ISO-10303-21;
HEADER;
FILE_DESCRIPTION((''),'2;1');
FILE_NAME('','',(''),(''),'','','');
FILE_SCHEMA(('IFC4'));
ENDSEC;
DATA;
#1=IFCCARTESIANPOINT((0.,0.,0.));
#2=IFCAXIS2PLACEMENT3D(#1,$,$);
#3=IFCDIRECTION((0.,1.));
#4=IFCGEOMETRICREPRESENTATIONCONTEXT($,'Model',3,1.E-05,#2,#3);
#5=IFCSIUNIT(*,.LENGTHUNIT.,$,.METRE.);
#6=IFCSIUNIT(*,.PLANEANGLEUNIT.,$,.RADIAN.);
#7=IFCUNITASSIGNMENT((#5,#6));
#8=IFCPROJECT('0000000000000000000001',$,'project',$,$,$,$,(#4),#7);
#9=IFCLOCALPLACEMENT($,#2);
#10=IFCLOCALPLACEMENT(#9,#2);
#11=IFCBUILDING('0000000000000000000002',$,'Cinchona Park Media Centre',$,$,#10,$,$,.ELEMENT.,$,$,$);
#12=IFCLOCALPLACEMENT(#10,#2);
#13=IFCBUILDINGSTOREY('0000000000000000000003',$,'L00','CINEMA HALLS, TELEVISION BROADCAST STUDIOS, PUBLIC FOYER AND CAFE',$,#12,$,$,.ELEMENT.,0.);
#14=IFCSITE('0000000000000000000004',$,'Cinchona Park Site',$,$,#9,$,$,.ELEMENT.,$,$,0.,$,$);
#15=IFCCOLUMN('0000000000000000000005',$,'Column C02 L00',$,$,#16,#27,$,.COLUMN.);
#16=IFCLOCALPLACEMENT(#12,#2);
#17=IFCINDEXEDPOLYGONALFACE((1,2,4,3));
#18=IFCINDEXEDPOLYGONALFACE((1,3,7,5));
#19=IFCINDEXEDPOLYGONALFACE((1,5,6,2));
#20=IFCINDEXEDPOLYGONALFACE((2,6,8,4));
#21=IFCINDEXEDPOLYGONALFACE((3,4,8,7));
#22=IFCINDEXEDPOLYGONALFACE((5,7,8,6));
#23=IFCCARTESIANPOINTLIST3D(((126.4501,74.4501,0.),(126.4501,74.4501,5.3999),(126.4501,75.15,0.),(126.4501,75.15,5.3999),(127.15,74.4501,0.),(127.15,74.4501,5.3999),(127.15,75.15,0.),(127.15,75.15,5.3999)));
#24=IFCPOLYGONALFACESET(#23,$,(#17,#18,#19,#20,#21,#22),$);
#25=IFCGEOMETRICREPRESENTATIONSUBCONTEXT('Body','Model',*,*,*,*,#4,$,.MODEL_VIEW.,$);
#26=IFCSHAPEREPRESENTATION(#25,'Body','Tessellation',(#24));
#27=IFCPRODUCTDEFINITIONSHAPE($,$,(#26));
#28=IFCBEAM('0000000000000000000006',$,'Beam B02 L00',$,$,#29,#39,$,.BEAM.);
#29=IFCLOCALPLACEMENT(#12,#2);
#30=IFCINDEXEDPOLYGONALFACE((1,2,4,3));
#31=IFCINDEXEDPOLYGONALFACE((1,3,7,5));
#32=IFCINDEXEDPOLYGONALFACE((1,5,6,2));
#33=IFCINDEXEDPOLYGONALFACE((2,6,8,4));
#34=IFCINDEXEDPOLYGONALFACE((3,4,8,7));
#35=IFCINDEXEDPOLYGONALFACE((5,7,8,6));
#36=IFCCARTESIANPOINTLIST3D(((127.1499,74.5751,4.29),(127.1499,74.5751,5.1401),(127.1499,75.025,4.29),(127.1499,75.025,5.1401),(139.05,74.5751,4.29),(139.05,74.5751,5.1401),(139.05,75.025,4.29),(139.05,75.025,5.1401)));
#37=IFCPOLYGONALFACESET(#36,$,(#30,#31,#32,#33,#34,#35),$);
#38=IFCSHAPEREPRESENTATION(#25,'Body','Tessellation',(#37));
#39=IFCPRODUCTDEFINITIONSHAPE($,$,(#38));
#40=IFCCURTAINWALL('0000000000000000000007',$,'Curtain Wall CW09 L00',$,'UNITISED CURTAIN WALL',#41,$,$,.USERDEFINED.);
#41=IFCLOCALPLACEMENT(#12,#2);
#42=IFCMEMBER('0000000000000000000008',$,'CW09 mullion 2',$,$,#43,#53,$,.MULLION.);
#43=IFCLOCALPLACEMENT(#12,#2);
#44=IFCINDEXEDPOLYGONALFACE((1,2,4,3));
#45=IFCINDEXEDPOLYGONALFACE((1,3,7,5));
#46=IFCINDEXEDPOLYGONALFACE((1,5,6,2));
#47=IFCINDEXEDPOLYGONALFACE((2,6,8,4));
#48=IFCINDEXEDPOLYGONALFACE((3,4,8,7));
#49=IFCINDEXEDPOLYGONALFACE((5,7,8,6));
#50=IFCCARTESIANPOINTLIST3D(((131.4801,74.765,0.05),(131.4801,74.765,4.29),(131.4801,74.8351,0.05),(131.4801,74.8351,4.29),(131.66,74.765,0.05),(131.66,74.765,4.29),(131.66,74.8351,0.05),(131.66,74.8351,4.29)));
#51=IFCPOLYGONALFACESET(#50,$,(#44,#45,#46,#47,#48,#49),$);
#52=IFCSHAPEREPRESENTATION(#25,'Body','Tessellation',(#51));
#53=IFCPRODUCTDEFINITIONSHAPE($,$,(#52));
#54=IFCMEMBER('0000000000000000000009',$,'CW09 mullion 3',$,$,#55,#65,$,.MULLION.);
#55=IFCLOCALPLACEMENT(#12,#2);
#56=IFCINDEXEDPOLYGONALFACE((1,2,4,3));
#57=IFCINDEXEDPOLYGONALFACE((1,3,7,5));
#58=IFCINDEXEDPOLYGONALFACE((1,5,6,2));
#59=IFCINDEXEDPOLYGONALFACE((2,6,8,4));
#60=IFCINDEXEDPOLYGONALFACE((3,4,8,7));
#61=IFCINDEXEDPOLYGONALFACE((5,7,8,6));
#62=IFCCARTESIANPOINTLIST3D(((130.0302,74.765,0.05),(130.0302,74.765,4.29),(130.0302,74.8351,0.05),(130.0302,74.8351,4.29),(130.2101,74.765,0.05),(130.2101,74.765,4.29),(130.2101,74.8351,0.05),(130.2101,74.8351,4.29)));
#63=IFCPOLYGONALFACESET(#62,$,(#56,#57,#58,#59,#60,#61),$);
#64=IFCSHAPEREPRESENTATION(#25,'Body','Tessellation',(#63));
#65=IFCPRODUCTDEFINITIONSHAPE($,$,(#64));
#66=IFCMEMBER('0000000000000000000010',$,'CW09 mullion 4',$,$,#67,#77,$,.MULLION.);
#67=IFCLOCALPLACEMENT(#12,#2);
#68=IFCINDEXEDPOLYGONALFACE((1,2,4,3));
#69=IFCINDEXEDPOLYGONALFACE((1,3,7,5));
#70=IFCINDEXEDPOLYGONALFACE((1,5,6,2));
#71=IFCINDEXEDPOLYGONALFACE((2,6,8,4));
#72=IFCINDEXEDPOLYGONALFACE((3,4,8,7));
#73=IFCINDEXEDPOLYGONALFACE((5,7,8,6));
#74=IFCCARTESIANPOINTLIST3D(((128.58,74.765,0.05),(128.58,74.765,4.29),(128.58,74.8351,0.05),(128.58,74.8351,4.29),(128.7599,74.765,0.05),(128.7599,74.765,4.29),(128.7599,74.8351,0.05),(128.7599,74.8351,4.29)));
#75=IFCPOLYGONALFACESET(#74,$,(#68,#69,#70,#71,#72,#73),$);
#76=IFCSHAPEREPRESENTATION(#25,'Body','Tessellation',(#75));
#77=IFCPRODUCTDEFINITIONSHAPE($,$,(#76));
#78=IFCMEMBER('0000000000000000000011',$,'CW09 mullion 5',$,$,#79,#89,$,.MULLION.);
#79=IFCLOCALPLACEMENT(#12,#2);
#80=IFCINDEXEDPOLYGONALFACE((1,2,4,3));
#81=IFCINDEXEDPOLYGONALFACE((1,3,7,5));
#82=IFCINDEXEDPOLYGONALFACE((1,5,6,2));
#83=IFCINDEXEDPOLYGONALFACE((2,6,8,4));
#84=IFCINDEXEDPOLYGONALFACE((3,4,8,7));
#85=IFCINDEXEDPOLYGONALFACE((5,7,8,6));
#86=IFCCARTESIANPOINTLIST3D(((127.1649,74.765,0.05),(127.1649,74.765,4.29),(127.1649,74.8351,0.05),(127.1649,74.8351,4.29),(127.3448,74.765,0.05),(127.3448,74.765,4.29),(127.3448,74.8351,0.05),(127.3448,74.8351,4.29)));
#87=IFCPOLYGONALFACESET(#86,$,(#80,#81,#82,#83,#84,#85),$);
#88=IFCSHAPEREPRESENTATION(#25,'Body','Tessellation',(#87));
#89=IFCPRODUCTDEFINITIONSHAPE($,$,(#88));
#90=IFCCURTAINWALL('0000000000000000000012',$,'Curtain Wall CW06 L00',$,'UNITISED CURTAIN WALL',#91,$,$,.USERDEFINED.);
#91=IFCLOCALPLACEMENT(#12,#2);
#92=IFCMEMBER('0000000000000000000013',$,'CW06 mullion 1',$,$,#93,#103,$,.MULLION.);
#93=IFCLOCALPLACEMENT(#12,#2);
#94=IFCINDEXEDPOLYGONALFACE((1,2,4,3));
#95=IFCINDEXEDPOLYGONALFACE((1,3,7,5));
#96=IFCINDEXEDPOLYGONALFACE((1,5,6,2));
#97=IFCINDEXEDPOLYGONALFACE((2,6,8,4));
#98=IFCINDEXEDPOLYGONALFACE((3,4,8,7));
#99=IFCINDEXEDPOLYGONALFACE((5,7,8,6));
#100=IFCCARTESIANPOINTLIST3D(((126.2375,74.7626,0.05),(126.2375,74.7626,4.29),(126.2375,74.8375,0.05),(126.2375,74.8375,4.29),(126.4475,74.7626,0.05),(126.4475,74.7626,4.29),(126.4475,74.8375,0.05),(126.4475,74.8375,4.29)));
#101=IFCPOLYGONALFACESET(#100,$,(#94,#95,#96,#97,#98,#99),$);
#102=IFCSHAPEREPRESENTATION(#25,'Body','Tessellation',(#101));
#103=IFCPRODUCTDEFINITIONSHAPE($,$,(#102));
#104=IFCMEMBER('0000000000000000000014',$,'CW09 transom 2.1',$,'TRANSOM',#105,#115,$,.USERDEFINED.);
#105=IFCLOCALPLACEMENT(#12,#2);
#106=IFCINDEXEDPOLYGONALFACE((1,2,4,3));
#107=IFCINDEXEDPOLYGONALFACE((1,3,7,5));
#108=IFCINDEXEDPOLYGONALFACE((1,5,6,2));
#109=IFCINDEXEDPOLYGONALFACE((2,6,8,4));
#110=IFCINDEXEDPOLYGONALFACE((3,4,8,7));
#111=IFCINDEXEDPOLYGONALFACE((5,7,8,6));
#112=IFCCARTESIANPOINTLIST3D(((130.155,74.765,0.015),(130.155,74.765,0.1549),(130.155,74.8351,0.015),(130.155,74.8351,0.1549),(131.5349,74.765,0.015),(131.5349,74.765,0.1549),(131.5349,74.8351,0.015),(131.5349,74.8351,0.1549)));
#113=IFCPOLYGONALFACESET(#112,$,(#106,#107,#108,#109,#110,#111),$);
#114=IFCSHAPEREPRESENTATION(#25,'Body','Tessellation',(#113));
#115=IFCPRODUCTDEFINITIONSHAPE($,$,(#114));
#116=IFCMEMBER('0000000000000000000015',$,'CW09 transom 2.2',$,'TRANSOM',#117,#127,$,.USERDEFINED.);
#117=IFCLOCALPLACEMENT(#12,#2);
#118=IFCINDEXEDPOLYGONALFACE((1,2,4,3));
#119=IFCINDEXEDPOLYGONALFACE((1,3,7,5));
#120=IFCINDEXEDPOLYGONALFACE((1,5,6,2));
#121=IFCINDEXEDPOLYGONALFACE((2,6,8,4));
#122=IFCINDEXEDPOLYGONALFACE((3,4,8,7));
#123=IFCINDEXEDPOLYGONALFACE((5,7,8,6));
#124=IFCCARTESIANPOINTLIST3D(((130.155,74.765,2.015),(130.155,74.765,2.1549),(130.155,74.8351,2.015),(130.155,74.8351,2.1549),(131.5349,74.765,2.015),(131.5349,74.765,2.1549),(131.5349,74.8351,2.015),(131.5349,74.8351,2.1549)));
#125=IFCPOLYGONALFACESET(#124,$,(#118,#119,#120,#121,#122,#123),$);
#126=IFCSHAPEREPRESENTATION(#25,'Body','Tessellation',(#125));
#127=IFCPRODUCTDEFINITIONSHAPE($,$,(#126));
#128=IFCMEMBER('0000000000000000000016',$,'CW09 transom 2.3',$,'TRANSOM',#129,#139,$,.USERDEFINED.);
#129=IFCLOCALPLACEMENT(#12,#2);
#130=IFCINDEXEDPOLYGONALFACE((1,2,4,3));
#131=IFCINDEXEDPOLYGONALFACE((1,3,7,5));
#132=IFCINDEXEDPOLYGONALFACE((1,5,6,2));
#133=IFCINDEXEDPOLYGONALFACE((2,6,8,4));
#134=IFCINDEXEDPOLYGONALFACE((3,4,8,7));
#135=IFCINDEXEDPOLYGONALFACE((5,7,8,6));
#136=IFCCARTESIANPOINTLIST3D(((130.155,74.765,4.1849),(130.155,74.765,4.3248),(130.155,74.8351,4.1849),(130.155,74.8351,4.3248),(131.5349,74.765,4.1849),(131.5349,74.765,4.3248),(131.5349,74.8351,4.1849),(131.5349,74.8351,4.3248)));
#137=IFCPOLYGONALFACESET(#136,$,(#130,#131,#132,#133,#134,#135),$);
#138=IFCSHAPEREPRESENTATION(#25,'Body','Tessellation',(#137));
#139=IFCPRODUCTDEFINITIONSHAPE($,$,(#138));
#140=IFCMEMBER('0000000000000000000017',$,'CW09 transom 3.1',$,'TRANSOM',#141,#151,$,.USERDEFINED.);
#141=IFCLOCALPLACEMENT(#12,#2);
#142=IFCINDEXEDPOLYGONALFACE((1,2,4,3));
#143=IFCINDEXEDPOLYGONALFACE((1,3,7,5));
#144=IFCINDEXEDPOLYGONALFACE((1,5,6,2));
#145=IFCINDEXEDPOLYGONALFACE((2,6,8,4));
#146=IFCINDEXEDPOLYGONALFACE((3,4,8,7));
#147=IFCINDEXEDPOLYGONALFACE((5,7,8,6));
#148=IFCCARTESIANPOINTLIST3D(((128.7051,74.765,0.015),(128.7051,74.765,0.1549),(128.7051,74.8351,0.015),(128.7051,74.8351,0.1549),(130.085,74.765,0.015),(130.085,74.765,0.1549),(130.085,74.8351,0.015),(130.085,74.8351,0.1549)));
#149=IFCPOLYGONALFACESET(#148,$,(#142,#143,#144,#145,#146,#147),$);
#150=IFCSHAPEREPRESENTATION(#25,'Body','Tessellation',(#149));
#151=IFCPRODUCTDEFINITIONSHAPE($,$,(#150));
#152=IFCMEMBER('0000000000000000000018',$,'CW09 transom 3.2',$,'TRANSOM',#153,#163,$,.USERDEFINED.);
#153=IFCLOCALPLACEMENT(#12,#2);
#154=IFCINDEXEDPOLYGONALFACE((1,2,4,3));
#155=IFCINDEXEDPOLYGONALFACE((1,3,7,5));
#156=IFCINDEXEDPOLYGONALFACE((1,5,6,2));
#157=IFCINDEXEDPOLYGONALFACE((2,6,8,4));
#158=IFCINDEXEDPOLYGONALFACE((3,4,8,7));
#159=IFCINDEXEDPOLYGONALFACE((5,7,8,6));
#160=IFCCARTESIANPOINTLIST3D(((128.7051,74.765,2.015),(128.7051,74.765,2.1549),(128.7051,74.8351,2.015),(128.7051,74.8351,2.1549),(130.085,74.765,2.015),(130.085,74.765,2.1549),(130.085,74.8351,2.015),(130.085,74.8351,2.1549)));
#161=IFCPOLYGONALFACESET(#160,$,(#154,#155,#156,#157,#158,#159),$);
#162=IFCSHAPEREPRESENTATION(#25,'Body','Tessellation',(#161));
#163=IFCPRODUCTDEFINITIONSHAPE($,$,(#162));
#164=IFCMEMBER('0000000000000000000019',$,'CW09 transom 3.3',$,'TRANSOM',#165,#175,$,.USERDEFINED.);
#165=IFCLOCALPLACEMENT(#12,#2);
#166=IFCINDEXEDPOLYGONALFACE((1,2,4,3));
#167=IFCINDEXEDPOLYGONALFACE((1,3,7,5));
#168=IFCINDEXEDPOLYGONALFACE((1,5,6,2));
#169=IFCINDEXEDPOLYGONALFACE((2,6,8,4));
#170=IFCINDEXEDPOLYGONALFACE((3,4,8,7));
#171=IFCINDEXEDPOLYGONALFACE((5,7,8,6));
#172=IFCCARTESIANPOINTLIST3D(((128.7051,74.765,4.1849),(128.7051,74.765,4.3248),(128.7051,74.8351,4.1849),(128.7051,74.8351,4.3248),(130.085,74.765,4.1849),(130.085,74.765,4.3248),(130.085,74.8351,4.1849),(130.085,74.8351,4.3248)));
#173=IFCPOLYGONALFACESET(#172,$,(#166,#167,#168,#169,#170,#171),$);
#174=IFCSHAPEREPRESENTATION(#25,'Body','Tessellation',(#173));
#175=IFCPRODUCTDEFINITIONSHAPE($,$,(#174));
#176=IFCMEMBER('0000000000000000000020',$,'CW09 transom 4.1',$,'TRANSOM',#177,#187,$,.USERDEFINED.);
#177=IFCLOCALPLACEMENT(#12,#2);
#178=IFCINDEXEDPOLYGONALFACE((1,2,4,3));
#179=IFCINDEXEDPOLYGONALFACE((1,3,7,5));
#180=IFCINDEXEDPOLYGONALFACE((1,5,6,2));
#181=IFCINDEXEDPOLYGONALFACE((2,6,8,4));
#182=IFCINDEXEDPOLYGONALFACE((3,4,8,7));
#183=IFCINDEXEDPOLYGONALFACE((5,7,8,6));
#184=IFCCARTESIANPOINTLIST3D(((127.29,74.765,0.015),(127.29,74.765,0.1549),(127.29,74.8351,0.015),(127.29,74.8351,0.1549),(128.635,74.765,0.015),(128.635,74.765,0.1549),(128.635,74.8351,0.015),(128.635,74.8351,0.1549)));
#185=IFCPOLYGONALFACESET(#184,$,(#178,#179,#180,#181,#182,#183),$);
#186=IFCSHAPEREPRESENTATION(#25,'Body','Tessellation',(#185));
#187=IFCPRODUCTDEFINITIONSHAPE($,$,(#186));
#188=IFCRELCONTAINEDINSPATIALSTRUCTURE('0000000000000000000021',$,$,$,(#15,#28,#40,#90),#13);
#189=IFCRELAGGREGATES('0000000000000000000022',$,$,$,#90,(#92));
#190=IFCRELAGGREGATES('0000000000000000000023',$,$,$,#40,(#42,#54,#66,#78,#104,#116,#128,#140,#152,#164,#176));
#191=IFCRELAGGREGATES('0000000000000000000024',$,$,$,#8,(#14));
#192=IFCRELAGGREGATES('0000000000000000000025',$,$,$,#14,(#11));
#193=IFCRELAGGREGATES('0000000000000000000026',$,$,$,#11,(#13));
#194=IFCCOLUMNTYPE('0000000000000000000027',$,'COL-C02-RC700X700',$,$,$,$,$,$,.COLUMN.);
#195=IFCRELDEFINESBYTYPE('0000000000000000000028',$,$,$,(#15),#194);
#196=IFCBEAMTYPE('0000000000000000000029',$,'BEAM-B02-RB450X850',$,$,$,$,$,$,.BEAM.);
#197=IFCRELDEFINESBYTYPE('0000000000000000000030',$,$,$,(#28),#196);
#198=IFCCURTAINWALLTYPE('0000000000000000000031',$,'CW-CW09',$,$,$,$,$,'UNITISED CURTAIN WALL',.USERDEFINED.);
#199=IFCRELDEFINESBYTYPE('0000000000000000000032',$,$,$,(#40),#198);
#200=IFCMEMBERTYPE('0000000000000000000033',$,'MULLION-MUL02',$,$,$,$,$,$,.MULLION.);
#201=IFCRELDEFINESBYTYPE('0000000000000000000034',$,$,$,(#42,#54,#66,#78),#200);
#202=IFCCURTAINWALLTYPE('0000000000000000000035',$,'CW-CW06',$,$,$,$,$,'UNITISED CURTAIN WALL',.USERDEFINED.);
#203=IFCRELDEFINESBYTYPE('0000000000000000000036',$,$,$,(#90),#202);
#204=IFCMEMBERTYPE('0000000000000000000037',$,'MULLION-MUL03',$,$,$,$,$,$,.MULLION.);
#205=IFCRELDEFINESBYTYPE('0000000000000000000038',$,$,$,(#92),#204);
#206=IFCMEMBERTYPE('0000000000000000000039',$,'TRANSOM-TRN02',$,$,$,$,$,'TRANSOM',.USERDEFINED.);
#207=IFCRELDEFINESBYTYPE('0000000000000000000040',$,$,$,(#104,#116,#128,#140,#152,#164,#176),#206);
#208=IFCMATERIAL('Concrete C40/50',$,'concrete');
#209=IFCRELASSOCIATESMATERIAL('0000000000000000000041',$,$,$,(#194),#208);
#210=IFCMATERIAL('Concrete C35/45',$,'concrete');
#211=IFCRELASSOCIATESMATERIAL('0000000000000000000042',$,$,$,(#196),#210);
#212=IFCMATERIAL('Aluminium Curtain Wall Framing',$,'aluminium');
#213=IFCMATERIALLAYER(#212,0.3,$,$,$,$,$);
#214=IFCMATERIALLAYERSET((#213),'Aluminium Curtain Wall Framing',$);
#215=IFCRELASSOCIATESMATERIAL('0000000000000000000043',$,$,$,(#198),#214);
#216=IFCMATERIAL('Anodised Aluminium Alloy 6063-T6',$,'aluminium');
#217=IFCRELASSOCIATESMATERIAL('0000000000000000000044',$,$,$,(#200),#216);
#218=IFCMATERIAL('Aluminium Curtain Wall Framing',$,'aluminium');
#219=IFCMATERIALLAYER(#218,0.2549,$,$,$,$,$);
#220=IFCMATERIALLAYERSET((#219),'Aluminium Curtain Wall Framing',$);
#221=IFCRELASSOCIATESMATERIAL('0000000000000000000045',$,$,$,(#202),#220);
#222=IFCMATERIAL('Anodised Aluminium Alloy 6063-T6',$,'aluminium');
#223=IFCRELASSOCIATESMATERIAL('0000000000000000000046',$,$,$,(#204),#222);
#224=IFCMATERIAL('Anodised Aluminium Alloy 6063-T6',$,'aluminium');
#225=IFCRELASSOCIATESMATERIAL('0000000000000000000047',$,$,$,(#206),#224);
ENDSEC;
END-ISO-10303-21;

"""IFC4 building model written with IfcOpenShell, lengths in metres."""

from ifc_helpers import new_model, si_unit, direction, frame, origin, origin_2d, place, context, subcontext, project, spatial, rectangle, extrude, material, layer, layer_set, material_profile, profile_set, type_object, element, aggregate, save


model = new_model("IFC4")

# Units and contexts
model_context = context("Model", 3, precision=1e-05, world=origin(), true_north=direction((0.0, 1.0)))
body_context = subcontext(model_context, "Body", "Model", "MODEL_VIEW")
ifc_project = project(units=[si_unit("LENGTHUNIT", "METRE"), si_unit("PLANEANGLEUNIT", "RADIAN")], contexts=[model_context])

# Site, building, storey
site_placement = place(None, origin())
site = spatial("IfcSite", under=ifc_project, at=site_placement, Name="Cinchona Park Site", CompositionType="ELEMENT", RefElevation=0.0)
building_placement = place(site_placement, origin())
building = spatial("IfcBuilding", under=site, at=building_placement, Name="Cinchona Park Media Centre", CompositionType="ELEMENT")
storey_placement = place(building_placement, origin())
storey = spatial("IfcBuildingStorey", under=building, at=storey_placement, Name="L00", Description="CINEMA HALLS, TELEVISION BROADCAST STUDIOS, PUBLIC FOYER AND CAFE", CompositionType="ELEMENT", Elevation=0.0)

# Column
ifc_material_1 = material(Name="Concrete C40/50", Category="concrete")
ifc_material_profile_1 = material_profile(ifc_material_1, rectangle(XDim=0.7, YDim=0.7, at=origin_2d()), Name="RC 700X700")
ifc_profile_set_1 = profile_set([ifc_material_profile_1], Name="Concrete C40/50")
column_type = type_object("IfcColumnType", Name="COL-C02-RC700X700", PredefinedType="COLUMN", material=ifc_profile_set_1)
column_placement = place(storey_placement, frame((126.8, 74.8, 0.0), z_axis=(0.0, 0.0, 1.0), x_axis=(1.0, 0.0, 0.0)))
element("IfcColumn", 1, at=column_placement, inside=storey, type_object=column_type, Name="Column C02 L00", PredefinedType="COLUMN", context=body_context, shape_type="SweptSolid", body=[
    extrude(rectangle(XDim=0.7, YDim=0.7, at=origin_2d()), origin(), (0.0, 0.0, 1.0), 5.3999),
])

# Beam
ifc_material_2 = material(Name="Concrete C35/45", Category="concrete")
ifc_material_profile_2 = material_profile(ifc_material_2, rectangle(XDim=0.45, YDim=0.8501, at=origin_2d()), Name="RB 450X850")
ifc_profile_set_2 = profile_set([ifc_material_profile_2], Name="Concrete C35/45")
beam_type = type_object("IfcBeamType", Name="BEAM-B02-RB450X850", PredefinedType="BEAM", material=ifc_profile_set_2)
beam_placement = place(storey_placement, frame((127.1499, 74.8, 4.7151), z_axis=(1.0, 0.0, 0.0), x_axis=(0.0, 1.0, 0.0)))
element("IfcBeam", 2, at=beam_placement, inside=storey, type_object=beam_type, Name="Beam B02 L00", PredefinedType="BEAM", context=body_context, shape_type="SweptSolid", body=[
    extrude(rectangle(XDim=0.45, YDim=0.8501, at=origin_2d()), origin(), (0.0, 0.0, 1.0), 11.9001),
])

# Curtain wall, members
ifc_material_3 = material(Name="Aluminium Curtain Wall Framing", Category="aluminium")
ifc_layer_1 = layer(ifc_material_3, 0.3)
ifc_layer_set_1 = layer_set([ifc_layer_1], Name="Aluminium Curtain Wall Framing")
curtain_wall_type_1 = type_object("IfcCurtainWallType", Name="CW-CW09", ElementType="UNITISED CURTAIN WALL", PredefinedType="USERDEFINED", material=ifc_layer_set_1)
curtain_wall_1_placement = place(storey_placement, origin())
curtain_wall_1 = element("IfcCurtainWall", 3, at=curtain_wall_1_placement, inside=storey, type_object=curtain_wall_type_1, Name="Curtain Wall CW09 L00", ObjectType="UNITISED CURTAIN WALL", PredefinedType="USERDEFINED")
ifc_material_4 = material(Name="Anodised Aluminium Alloy 6063-T6", Category="aluminium")
ifc_material_profile_3 = material_profile(ifc_material_4, rectangle(XDim=0.0701, YDim=0.1799, at=origin_2d()), Name="MUL-70X180")
ifc_profile_set_3 = profile_set([ifc_material_profile_3], Name="Anodised Aluminium Alloy 6063-T6")
member_type_1 = type_object("IfcMemberType", Name="MULLION-MUL02", PredefinedType="MULLION", material=ifc_profile_set_3)
member_1_placement = place(storey_placement, frame((131.5701, 74.8, 0.05), z_axis=(0.0, 0.0, 1.0), x_axis=(0.0, -1.0, 0.0)))
member_1 = element("IfcMember", 4, at=member_1_placement, type_object=member_type_1, Name="CW09 mullion 2", PredefinedType="MULLION", context=body_context, shape_type="SweptSolid", body=[
    extrude(rectangle(XDim=0.0701, YDim=0.1799, at=origin_2d()), origin(), (0.0, 0.0, 1.0), 4.24),
])
member_2_placement = place(storey_placement, frame((130.1201, 74.8, 0.05), z_axis=(0.0, 0.0, 1.0), x_axis=(0.0, -1.0, 0.0)))
member_2 = element("IfcMember", 5, at=member_2_placement, type_object=member_type_1, Name="CW09 mullion 3", PredefinedType="MULLION", context=body_context, shape_type="SweptSolid", body=[
    extrude(rectangle(XDim=0.0701, YDim=0.1799, at=origin_2d()), origin(), (0.0, 0.0, 1.0), 4.24),
])
member_3_placement = place(storey_placement, frame((128.6699, 74.8, 0.05), z_axis=(0.0, 0.0, 1.0), x_axis=(0.0, -1.0, 0.0)))
member_3 = element("IfcMember", 6, at=member_3_placement, type_object=member_type_1, Name="CW09 mullion 4", PredefinedType="MULLION", context=body_context, shape_type="SweptSolid", body=[
    extrude(rectangle(XDim=0.0701, YDim=0.1799, at=origin_2d()), origin(), (0.0, 0.0, 1.0), 4.24),
])
member_4_placement = place(storey_placement, frame((127.2549, 74.8, 0.05), z_axis=(0.0, 0.0, 1.0), x_axis=(0.0, -1.0, 0.0)))
member_4 = element("IfcMember", 7, at=member_4_placement, type_object=member_type_1, Name="CW09 mullion 5", PredefinedType="MULLION", context=body_context, shape_type="SweptSolid", body=[
    extrude(rectangle(XDim=0.0701, YDim=0.1799, at=origin_2d()), origin(), (0.0, 0.0, 1.0), 4.24),
])

# Curtain wall, member
ifc_material_5 = material(Name="Aluminium Curtain Wall Framing", Category="aluminium")
ifc_layer_2 = layer(ifc_material_5, 0.2549)
ifc_layer_set_2 = layer_set([ifc_layer_2], Name="Aluminium Curtain Wall Framing")
curtain_wall_type_2 = type_object("IfcCurtainWallType", Name="CW-CW06", ElementType="UNITISED CURTAIN WALL", PredefinedType="USERDEFINED", material=ifc_layer_set_2)
curtain_wall_2_placement = place(storey_placement, origin())
curtain_wall_2 = element("IfcCurtainWall", 8, at=curtain_wall_2_placement, inside=storey, type_object=curtain_wall_type_2, Name="Curtain Wall CW06 L00", ObjectType="UNITISED CURTAIN WALL", PredefinedType="USERDEFINED")
ifc_material_6 = material(Name="Anodised Aluminium Alloy 6063-T6", Category="aluminium")
ifc_material_profile_4 = material_profile(ifc_material_6, rectangle(XDim=0.075, YDim=0.21, at=origin_2d()), Name="MUL-75X210")
ifc_profile_set_4 = profile_set([ifc_material_profile_4], Name="Anodised Aluminium Alloy 6063-T6")
member_type_2 = type_object("IfcMemberType", Name="MULLION-MUL03", PredefinedType="MULLION", material=ifc_profile_set_4)
member_5_placement = place(storey_placement, frame((126.3425, 74.8, 0.05), z_axis=(0.0, 0.0, 1.0), x_axis=(0.0, -1.0, 0.0)))
member_5 = element("IfcMember", 9, at=member_5_placement, type_object=member_type_2, Name="CW06 mullion 1", PredefinedType="MULLION", context=body_context, shape_type="SweptSolid", body=[
    extrude(rectangle(XDim=0.075, YDim=0.21, at=origin_2d()), origin(), (0.0, 0.0, 1.0), 4.24),
])
aggregate(curtain_wall_2, [member_5])

# Members
ifc_material_7 = material(Name="Anodised Aluminium Alloy 6063-T6", Category="aluminium")
ifc_material_profile_5 = material_profile(ifc_material_7, rectangle(XDim=0.0701, YDim=0.1399, at=origin_2d()), Name="TRN-70X140")
ifc_profile_set_5 = profile_set([ifc_material_profile_5], Name="Anodised Aluminium Alloy 6063-T6")
member_type_3 = type_object("IfcMemberType", Name="TRANSOM-TRN02", ElementType="TRANSOM", PredefinedType="USERDEFINED", material=ifc_profile_set_5)
member_6_placement = place(storey_placement, frame((131.5349, 74.8, 0.085), z_axis=(-1.0, 0.0, 0.0), x_axis=(0.0, -1.0, 0.0)))
member_6 = element("IfcMember", 10, at=member_6_placement, type_object=member_type_3, Name="CW09 transom 2.1", ObjectType="TRANSOM", PredefinedType="USERDEFINED", context=body_context, shape_type="SweptSolid", body=[
    extrude(rectangle(XDim=0.0701, YDim=0.1399, at=origin_2d()), origin(), (0.0, 0.0, 1.0), 1.3799),
])
member_7_placement = place(storey_placement, frame((131.5349, 74.8, 2.085), z_axis=(-1.0, 0.0, 0.0), x_axis=(0.0, -1.0, 0.0)))
member_7 = element("IfcMember", 11, at=member_7_placement, type_object=member_type_3, Name="CW09 transom 2.2", ObjectType="TRANSOM", PredefinedType="USERDEFINED", context=body_context, shape_type="SweptSolid", body=[
    extrude(rectangle(XDim=0.0701, YDim=0.1399, at=origin_2d()), origin(), (0.0, 0.0, 1.0), 1.3799),
])
member_8_placement = place(storey_placement, frame((131.5349, 74.8, 4.2549), z_axis=(-1.0, 0.0, 0.0), x_axis=(0.0, -1.0, 0.0)))
member_8 = element("IfcMember", 12, at=member_8_placement, type_object=member_type_3, Name="CW09 transom 2.3", ObjectType="TRANSOM", PredefinedType="USERDEFINED", context=body_context, shape_type="SweptSolid", body=[
    extrude(rectangle(XDim=0.0701, YDim=0.1399, at=origin_2d()), origin(), (0.0, 0.0, 1.0), 1.3799),
])
member_9_placement = place(storey_placement, frame((130.085, 74.8, 0.085), z_axis=(-1.0, 0.0, 0.0), x_axis=(0.0, -1.0, 0.0)))
member_9 = element("IfcMember", 13, at=member_9_placement, type_object=member_type_3, Name="CW09 transom 3.1", ObjectType="TRANSOM", PredefinedType="USERDEFINED", context=body_context, shape_type="SweptSolid", body=[
    extrude(rectangle(XDim=0.0701, YDim=0.1399, at=origin_2d()), origin(), (0.0, 0.0, 1.0), 1.3799),
])
member_10_placement = place(storey_placement, frame((130.085, 74.8, 2.085), z_axis=(-1.0, 0.0, 0.0), x_axis=(0.0, -1.0, 0.0)))
member_10 = element("IfcMember", 14, at=member_10_placement, type_object=member_type_3, Name="CW09 transom 3.2", ObjectType="TRANSOM", PredefinedType="USERDEFINED", context=body_context, shape_type="SweptSolid", body=[
    extrude(rectangle(XDim=0.0701, YDim=0.1399, at=origin_2d()), origin(), (0.0, 0.0, 1.0), 1.3799),
])
member_11_placement = place(storey_placement, frame((130.085, 74.8, 4.2549), z_axis=(-1.0, 0.0, 0.0), x_axis=(0.0, -1.0, 0.0)))
member_11 = element("IfcMember", 15, at=member_11_placement, type_object=member_type_3, Name="CW09 transom 3.3", ObjectType="TRANSOM", PredefinedType="USERDEFINED", context=body_context, shape_type="SweptSolid", body=[
    extrude(rectangle(XDim=0.0701, YDim=0.1399, at=origin_2d()), origin(), (0.0, 0.0, 1.0), 1.3799),
])
member_12_placement = place(storey_placement, frame((128.635, 74.8, 0.085), z_axis=(-1.0, 0.0, 0.0), x_axis=(0.0, -1.0, 0.0)))
member_12 = element("IfcMember", 16, at=member_12_placement, type_object=member_type_3, Name="CW09 transom 4.1", ObjectType="TRANSOM", PredefinedType="USERDEFINED", context=body_context, shape_type="SweptSolid", body=[
    extrude(rectangle(XDim=0.0701, YDim=0.1399, at=origin_2d()), origin(), (0.0, 0.0, 1.0), 1.345),
])

aggregate(curtain_wall_1, [member_1, member_2, member_3, member_4, member_6, member_7, member_8, member_9, member_10, member_11, member_12])

save(model, "model.ifc")
